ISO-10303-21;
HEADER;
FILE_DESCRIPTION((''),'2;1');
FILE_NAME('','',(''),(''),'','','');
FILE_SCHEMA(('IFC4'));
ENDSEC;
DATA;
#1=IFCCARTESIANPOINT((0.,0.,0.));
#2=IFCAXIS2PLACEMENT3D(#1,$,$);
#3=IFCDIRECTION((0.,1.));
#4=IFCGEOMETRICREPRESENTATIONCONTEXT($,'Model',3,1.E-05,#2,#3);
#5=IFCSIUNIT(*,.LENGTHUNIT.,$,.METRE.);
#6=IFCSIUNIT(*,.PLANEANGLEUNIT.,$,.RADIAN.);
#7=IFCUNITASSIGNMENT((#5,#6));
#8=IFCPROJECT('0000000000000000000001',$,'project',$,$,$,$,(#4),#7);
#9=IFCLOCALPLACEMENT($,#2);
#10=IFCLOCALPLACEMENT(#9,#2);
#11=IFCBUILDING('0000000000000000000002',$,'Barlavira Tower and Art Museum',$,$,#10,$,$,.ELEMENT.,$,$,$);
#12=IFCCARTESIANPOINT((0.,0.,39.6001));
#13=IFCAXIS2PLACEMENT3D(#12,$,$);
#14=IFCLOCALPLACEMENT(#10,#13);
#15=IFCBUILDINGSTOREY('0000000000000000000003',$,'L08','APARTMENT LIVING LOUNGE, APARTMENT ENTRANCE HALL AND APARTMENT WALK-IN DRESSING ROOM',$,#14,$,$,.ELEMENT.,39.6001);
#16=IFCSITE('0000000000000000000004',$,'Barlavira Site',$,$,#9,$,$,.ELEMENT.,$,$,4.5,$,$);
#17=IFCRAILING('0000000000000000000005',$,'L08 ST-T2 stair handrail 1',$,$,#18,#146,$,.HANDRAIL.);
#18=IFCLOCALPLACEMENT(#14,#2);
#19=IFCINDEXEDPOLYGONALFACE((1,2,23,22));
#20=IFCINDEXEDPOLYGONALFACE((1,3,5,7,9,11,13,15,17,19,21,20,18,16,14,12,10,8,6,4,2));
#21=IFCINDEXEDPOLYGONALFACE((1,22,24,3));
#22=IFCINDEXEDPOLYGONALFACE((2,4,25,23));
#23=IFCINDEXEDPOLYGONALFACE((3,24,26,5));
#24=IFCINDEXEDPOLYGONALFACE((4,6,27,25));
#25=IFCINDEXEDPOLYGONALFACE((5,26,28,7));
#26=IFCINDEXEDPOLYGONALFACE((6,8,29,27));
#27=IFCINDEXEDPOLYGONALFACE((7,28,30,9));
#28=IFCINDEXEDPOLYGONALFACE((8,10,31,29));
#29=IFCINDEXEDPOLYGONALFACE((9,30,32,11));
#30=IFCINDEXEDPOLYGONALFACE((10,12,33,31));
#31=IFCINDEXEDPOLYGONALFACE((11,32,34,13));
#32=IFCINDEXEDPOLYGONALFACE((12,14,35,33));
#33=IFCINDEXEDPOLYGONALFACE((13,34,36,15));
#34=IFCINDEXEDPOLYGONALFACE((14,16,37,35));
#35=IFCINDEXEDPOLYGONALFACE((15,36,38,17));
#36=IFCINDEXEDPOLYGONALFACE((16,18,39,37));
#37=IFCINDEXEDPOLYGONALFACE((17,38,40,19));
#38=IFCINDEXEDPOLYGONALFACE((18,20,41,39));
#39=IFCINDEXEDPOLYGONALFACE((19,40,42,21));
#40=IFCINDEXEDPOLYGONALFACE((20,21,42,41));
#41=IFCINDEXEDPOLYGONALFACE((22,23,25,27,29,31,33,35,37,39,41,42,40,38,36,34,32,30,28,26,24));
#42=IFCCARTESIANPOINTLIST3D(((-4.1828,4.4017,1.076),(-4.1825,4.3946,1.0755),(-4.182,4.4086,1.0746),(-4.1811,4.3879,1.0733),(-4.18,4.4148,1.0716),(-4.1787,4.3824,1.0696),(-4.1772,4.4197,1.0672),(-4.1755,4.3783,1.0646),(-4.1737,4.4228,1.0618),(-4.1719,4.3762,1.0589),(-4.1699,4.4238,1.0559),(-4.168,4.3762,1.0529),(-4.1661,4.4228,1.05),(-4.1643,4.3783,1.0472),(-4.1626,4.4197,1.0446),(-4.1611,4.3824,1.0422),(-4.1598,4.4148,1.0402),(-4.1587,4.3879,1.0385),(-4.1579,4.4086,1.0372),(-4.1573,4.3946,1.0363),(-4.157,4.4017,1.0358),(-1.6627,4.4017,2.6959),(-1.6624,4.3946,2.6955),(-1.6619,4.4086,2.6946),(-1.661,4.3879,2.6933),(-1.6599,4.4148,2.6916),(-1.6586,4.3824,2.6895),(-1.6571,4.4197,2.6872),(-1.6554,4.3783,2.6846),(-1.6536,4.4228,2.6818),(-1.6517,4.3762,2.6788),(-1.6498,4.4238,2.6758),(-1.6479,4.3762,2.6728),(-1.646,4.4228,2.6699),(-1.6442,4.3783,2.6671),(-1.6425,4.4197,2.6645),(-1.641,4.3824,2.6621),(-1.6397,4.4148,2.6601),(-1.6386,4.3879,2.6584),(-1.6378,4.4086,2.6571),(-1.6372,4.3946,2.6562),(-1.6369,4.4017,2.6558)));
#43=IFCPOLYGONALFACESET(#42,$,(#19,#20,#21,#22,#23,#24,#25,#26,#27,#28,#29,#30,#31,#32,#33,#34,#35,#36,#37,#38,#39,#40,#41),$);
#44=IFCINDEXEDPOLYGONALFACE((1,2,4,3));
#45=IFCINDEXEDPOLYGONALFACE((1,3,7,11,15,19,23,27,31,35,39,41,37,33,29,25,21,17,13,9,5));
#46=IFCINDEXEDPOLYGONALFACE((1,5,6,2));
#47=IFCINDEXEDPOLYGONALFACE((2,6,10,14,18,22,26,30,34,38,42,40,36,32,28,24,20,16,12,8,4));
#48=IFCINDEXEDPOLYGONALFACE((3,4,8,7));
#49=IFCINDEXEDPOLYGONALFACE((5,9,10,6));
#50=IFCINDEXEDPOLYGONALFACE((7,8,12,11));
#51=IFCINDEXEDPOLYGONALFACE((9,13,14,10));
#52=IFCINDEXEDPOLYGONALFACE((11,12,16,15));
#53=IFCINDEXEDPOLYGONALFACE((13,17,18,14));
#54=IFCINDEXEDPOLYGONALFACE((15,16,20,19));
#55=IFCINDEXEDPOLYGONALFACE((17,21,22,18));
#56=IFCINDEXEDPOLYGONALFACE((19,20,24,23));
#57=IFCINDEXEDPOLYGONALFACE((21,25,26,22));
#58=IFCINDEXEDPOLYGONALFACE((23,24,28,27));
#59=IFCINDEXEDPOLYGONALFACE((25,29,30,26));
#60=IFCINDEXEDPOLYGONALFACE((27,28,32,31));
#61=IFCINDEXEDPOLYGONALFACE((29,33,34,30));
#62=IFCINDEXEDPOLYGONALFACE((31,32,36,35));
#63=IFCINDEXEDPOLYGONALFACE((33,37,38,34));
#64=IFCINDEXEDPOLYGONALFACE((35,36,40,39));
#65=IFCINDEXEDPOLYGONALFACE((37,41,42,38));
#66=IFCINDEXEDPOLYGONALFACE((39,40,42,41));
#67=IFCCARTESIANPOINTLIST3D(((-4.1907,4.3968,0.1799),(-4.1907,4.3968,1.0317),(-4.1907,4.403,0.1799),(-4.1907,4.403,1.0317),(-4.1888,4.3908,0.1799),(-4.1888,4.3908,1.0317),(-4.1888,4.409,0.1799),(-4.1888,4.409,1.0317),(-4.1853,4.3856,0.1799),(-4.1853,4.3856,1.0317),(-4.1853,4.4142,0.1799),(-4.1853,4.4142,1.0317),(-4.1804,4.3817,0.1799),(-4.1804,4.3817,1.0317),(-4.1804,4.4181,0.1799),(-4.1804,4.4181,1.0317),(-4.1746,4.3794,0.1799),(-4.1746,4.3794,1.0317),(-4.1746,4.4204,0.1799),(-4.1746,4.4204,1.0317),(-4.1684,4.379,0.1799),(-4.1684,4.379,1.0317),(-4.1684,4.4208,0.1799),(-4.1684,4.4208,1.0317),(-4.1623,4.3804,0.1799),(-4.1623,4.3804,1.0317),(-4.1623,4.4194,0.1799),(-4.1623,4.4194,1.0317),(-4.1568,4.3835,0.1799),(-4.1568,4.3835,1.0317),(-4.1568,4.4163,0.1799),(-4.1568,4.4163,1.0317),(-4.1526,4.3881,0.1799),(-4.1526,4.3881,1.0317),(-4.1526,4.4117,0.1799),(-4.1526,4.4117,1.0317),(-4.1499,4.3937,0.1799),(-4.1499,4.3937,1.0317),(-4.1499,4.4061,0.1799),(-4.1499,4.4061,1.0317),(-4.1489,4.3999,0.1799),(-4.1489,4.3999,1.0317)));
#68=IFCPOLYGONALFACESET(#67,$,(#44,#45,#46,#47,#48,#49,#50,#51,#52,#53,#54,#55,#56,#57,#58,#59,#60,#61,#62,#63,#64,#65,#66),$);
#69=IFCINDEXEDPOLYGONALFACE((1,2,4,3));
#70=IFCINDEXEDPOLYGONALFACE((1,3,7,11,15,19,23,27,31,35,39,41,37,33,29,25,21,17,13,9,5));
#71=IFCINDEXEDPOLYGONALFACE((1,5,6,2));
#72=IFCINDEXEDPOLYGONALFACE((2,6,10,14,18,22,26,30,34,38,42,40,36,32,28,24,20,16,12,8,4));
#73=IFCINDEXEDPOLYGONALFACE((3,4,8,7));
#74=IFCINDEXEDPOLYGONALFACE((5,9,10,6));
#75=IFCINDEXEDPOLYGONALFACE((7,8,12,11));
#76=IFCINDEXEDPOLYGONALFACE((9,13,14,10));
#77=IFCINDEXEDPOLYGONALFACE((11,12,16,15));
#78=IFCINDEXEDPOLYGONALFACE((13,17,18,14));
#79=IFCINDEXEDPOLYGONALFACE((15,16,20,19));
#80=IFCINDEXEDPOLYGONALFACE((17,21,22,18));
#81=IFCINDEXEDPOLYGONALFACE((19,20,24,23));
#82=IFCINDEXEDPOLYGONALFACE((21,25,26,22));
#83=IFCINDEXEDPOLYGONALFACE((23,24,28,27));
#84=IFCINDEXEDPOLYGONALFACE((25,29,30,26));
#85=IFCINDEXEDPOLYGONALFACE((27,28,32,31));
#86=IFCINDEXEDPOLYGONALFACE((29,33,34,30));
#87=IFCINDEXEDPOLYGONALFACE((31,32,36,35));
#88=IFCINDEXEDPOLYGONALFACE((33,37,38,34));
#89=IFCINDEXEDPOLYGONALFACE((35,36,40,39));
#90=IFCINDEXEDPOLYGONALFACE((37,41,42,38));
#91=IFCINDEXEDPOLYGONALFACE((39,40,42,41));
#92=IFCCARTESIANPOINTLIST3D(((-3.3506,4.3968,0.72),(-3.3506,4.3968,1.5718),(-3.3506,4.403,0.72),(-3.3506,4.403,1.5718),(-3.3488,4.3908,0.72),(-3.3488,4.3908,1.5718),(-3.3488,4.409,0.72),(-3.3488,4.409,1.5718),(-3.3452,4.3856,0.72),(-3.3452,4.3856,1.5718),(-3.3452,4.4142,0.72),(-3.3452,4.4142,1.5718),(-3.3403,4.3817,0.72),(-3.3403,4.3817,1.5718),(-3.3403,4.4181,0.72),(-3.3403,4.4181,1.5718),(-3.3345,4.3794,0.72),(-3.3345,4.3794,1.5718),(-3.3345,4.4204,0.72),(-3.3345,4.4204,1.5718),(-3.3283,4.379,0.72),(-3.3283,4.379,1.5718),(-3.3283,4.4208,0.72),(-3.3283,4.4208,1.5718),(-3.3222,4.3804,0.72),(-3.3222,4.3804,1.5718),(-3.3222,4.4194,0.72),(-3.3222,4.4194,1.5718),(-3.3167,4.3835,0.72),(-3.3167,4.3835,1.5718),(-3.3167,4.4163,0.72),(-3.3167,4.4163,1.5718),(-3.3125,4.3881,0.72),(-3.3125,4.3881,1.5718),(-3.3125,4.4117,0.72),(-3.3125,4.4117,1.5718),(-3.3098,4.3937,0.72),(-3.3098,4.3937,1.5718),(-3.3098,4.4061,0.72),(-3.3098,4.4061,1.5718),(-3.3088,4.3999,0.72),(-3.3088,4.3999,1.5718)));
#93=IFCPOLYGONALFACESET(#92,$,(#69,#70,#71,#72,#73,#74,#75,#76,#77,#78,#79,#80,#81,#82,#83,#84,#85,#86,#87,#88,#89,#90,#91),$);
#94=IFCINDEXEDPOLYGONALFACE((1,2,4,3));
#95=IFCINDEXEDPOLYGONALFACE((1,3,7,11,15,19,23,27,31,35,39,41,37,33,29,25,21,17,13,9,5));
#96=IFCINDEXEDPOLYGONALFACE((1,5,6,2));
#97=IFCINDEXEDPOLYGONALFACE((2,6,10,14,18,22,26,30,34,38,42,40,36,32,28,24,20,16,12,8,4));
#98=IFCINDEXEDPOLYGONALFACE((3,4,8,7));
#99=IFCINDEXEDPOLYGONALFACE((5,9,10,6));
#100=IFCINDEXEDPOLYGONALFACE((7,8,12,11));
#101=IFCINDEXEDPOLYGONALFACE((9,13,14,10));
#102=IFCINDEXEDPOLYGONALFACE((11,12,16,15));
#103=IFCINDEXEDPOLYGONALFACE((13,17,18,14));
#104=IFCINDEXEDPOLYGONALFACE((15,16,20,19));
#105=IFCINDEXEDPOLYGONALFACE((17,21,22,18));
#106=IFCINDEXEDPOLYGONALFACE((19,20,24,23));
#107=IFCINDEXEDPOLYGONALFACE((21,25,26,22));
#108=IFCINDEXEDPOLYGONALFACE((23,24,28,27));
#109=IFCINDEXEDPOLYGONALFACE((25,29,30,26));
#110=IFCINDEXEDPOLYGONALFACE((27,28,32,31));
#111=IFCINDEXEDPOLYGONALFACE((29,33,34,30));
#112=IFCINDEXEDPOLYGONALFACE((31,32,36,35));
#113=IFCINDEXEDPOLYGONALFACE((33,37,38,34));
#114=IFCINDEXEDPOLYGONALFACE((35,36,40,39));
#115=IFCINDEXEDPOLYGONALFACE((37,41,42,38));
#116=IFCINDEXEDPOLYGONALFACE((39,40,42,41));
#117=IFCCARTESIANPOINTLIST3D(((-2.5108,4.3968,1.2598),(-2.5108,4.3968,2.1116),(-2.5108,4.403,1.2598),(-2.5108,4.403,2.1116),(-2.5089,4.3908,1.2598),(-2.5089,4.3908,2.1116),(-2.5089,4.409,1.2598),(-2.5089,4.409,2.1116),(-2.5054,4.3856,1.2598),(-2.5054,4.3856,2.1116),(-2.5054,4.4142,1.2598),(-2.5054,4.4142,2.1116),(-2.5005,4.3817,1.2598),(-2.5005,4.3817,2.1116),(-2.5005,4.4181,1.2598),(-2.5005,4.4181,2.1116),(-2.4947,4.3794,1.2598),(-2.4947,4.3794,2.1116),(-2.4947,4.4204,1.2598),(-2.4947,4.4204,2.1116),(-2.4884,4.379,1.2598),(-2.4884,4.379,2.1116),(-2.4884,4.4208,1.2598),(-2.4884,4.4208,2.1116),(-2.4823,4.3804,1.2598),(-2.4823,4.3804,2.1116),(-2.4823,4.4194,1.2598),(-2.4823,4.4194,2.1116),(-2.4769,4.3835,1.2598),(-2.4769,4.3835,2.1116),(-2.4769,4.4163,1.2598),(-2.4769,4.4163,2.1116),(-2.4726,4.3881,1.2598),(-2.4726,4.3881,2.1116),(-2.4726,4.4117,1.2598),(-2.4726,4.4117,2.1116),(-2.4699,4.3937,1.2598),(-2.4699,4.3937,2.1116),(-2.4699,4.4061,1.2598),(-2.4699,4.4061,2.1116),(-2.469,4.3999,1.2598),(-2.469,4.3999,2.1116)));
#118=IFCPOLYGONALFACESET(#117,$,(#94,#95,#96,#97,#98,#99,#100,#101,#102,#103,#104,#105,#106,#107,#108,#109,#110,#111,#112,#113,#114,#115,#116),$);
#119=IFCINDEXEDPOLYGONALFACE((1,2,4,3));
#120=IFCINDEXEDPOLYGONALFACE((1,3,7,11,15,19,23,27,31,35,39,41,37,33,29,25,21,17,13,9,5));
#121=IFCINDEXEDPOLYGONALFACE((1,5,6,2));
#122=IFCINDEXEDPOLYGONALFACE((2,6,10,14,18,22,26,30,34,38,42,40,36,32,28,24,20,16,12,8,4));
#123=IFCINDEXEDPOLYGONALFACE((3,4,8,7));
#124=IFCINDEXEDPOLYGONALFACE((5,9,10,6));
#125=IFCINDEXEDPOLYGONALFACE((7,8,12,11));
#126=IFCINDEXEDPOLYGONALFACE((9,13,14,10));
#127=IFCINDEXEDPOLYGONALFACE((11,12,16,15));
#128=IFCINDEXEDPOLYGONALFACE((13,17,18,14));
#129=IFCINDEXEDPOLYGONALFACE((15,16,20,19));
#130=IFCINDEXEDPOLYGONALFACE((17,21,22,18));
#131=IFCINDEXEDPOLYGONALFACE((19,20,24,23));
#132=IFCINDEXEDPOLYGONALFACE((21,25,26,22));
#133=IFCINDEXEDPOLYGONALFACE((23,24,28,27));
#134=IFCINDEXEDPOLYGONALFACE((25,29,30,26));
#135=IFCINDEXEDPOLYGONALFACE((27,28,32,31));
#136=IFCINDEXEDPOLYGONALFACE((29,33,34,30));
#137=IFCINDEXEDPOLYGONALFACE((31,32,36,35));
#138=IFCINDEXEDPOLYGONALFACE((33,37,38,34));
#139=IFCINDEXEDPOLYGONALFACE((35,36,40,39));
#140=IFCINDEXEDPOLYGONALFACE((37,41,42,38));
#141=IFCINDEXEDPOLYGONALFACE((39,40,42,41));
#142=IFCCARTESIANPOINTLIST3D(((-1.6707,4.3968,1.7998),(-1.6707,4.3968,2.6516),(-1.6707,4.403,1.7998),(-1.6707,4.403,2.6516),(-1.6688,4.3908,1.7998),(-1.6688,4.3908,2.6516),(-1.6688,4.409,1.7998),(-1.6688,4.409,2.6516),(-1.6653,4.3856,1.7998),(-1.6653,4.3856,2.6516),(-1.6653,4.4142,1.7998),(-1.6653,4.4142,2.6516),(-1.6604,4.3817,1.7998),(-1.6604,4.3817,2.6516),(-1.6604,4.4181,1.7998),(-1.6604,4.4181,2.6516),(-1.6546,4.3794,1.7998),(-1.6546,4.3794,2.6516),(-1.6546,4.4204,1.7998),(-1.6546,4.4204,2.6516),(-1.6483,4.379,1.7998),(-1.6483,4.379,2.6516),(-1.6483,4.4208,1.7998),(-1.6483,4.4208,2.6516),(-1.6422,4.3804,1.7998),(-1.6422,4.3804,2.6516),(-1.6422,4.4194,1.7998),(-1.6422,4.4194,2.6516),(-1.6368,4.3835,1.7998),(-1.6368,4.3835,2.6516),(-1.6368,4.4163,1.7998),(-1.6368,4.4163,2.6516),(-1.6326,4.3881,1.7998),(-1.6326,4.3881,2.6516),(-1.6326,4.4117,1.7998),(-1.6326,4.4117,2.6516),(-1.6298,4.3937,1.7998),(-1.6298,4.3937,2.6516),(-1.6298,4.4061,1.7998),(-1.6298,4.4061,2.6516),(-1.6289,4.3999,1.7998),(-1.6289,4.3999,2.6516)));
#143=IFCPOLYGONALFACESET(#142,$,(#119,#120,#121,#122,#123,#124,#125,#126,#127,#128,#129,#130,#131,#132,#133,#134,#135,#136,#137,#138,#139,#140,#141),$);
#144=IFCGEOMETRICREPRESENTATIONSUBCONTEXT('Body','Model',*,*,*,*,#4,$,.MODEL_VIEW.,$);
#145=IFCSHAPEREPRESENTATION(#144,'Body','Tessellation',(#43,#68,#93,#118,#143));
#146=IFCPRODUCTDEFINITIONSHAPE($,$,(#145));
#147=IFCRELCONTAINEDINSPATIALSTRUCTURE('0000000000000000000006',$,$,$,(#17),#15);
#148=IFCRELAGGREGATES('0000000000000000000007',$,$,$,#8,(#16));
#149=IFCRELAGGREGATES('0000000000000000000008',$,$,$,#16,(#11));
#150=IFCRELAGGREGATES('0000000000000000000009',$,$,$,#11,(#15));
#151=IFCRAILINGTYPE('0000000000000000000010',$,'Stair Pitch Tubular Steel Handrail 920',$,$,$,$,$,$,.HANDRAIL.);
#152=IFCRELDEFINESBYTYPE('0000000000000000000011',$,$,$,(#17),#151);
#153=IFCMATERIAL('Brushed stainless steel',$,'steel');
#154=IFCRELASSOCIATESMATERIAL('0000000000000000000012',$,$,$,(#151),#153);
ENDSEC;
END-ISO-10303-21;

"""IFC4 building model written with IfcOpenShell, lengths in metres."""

from ifc_helpers import new_model, si_unit, direction, frame, origin, origin_2d, place, context, subcontext, project, spatial, circle, extrude, material, type_object, element, save


model = new_model("IFC4")

# Units and contexts
model_context = context("Model", 3, precision=1e-05, world=origin(), true_north=direction((0.0, 1.0)))
body_context = subcontext(model_context, "Body", "Model", "MODEL_VIEW")
ifc_project = project(units=[si_unit("LENGTHUNIT", "METRE"), si_unit("PLANEANGLEUNIT", "RADIAN")], contexts=[model_context])

# Site, building, storey
site_placement = place(None, origin())
site = spatial("IfcSite", under=ifc_project, at=site_placement, Name="Barlavira Site", CompositionType="ELEMENT", RefElevation=4.5)
building_placement = place(site_placement, origin())
building = spatial("IfcBuilding", under=site, at=building_placement, Name="Barlavira Tower and Art Museum", CompositionType="ELEMENT")
storey_placement = place(building_placement, frame((0.0, 0.0, 39.6001)))
storey = spatial("IfcBuildingStorey", under=building, at=storey_placement, Name="L08", Description="APARTMENT LIVING LOUNGE, APARTMENT ENTRANCE HALL AND APARTMENT WALK-IN DRESSING ROOM", CompositionType="ELEMENT", Elevation=39.6001)

# Shared definitions
ifc_material_1 = material(Name="Brushed stainless steel", Category="steel")

# Railing
railing_type_1 = type_object("IfcRailingType", Name="Stair Pitch Tubular Steel Handrail 920", PredefinedType="HANDRAIL", material=ifc_material_1)
railing_1_placement = place(storey_placement, frame((-4.1699, 4.3999, 0.1799)))
element("IfcRailing", 1, at=railing_1_placement, inside=storey, type_object=railing_type_1, Name="L08 ST-T2 stair handrail 1", PredefinedType="HANDRAIL", context=body_context, shape_type="SweptSolid", body=[
    extrude(circle(Radius=0.0239, at=origin_2d()), frame((0.0, 0.0, 0.876), z_axis=(0.8412, 0.0, 0.540725), x_axis=(0.0, 1.0, 0.0)), (0.0, 0.0, 1.0), 2.9958),
    extrude(circle(Radius=0.021, at=origin_2d()), origin(), (0.0, 0.0, 1.0), 0.8518),
    extrude(circle(Radius=0.021, at=origin_2d()), frame((0.8401, 0.0, 0.54)), (0.0, 0.0, 1.0), 0.8518),
    extrude(circle(Radius=0.021, at=origin_2d()), frame((1.6799, 0.0, 1.0798)), (0.0, 0.0, 1.0), 0.8518),
    extrude(circle(Radius=0.021, at=origin_2d()), frame((2.52, 0.0, 1.6199)), (0.0, 0.0, 1.0), 0.8518),
])

save(model, "model.ifc")
